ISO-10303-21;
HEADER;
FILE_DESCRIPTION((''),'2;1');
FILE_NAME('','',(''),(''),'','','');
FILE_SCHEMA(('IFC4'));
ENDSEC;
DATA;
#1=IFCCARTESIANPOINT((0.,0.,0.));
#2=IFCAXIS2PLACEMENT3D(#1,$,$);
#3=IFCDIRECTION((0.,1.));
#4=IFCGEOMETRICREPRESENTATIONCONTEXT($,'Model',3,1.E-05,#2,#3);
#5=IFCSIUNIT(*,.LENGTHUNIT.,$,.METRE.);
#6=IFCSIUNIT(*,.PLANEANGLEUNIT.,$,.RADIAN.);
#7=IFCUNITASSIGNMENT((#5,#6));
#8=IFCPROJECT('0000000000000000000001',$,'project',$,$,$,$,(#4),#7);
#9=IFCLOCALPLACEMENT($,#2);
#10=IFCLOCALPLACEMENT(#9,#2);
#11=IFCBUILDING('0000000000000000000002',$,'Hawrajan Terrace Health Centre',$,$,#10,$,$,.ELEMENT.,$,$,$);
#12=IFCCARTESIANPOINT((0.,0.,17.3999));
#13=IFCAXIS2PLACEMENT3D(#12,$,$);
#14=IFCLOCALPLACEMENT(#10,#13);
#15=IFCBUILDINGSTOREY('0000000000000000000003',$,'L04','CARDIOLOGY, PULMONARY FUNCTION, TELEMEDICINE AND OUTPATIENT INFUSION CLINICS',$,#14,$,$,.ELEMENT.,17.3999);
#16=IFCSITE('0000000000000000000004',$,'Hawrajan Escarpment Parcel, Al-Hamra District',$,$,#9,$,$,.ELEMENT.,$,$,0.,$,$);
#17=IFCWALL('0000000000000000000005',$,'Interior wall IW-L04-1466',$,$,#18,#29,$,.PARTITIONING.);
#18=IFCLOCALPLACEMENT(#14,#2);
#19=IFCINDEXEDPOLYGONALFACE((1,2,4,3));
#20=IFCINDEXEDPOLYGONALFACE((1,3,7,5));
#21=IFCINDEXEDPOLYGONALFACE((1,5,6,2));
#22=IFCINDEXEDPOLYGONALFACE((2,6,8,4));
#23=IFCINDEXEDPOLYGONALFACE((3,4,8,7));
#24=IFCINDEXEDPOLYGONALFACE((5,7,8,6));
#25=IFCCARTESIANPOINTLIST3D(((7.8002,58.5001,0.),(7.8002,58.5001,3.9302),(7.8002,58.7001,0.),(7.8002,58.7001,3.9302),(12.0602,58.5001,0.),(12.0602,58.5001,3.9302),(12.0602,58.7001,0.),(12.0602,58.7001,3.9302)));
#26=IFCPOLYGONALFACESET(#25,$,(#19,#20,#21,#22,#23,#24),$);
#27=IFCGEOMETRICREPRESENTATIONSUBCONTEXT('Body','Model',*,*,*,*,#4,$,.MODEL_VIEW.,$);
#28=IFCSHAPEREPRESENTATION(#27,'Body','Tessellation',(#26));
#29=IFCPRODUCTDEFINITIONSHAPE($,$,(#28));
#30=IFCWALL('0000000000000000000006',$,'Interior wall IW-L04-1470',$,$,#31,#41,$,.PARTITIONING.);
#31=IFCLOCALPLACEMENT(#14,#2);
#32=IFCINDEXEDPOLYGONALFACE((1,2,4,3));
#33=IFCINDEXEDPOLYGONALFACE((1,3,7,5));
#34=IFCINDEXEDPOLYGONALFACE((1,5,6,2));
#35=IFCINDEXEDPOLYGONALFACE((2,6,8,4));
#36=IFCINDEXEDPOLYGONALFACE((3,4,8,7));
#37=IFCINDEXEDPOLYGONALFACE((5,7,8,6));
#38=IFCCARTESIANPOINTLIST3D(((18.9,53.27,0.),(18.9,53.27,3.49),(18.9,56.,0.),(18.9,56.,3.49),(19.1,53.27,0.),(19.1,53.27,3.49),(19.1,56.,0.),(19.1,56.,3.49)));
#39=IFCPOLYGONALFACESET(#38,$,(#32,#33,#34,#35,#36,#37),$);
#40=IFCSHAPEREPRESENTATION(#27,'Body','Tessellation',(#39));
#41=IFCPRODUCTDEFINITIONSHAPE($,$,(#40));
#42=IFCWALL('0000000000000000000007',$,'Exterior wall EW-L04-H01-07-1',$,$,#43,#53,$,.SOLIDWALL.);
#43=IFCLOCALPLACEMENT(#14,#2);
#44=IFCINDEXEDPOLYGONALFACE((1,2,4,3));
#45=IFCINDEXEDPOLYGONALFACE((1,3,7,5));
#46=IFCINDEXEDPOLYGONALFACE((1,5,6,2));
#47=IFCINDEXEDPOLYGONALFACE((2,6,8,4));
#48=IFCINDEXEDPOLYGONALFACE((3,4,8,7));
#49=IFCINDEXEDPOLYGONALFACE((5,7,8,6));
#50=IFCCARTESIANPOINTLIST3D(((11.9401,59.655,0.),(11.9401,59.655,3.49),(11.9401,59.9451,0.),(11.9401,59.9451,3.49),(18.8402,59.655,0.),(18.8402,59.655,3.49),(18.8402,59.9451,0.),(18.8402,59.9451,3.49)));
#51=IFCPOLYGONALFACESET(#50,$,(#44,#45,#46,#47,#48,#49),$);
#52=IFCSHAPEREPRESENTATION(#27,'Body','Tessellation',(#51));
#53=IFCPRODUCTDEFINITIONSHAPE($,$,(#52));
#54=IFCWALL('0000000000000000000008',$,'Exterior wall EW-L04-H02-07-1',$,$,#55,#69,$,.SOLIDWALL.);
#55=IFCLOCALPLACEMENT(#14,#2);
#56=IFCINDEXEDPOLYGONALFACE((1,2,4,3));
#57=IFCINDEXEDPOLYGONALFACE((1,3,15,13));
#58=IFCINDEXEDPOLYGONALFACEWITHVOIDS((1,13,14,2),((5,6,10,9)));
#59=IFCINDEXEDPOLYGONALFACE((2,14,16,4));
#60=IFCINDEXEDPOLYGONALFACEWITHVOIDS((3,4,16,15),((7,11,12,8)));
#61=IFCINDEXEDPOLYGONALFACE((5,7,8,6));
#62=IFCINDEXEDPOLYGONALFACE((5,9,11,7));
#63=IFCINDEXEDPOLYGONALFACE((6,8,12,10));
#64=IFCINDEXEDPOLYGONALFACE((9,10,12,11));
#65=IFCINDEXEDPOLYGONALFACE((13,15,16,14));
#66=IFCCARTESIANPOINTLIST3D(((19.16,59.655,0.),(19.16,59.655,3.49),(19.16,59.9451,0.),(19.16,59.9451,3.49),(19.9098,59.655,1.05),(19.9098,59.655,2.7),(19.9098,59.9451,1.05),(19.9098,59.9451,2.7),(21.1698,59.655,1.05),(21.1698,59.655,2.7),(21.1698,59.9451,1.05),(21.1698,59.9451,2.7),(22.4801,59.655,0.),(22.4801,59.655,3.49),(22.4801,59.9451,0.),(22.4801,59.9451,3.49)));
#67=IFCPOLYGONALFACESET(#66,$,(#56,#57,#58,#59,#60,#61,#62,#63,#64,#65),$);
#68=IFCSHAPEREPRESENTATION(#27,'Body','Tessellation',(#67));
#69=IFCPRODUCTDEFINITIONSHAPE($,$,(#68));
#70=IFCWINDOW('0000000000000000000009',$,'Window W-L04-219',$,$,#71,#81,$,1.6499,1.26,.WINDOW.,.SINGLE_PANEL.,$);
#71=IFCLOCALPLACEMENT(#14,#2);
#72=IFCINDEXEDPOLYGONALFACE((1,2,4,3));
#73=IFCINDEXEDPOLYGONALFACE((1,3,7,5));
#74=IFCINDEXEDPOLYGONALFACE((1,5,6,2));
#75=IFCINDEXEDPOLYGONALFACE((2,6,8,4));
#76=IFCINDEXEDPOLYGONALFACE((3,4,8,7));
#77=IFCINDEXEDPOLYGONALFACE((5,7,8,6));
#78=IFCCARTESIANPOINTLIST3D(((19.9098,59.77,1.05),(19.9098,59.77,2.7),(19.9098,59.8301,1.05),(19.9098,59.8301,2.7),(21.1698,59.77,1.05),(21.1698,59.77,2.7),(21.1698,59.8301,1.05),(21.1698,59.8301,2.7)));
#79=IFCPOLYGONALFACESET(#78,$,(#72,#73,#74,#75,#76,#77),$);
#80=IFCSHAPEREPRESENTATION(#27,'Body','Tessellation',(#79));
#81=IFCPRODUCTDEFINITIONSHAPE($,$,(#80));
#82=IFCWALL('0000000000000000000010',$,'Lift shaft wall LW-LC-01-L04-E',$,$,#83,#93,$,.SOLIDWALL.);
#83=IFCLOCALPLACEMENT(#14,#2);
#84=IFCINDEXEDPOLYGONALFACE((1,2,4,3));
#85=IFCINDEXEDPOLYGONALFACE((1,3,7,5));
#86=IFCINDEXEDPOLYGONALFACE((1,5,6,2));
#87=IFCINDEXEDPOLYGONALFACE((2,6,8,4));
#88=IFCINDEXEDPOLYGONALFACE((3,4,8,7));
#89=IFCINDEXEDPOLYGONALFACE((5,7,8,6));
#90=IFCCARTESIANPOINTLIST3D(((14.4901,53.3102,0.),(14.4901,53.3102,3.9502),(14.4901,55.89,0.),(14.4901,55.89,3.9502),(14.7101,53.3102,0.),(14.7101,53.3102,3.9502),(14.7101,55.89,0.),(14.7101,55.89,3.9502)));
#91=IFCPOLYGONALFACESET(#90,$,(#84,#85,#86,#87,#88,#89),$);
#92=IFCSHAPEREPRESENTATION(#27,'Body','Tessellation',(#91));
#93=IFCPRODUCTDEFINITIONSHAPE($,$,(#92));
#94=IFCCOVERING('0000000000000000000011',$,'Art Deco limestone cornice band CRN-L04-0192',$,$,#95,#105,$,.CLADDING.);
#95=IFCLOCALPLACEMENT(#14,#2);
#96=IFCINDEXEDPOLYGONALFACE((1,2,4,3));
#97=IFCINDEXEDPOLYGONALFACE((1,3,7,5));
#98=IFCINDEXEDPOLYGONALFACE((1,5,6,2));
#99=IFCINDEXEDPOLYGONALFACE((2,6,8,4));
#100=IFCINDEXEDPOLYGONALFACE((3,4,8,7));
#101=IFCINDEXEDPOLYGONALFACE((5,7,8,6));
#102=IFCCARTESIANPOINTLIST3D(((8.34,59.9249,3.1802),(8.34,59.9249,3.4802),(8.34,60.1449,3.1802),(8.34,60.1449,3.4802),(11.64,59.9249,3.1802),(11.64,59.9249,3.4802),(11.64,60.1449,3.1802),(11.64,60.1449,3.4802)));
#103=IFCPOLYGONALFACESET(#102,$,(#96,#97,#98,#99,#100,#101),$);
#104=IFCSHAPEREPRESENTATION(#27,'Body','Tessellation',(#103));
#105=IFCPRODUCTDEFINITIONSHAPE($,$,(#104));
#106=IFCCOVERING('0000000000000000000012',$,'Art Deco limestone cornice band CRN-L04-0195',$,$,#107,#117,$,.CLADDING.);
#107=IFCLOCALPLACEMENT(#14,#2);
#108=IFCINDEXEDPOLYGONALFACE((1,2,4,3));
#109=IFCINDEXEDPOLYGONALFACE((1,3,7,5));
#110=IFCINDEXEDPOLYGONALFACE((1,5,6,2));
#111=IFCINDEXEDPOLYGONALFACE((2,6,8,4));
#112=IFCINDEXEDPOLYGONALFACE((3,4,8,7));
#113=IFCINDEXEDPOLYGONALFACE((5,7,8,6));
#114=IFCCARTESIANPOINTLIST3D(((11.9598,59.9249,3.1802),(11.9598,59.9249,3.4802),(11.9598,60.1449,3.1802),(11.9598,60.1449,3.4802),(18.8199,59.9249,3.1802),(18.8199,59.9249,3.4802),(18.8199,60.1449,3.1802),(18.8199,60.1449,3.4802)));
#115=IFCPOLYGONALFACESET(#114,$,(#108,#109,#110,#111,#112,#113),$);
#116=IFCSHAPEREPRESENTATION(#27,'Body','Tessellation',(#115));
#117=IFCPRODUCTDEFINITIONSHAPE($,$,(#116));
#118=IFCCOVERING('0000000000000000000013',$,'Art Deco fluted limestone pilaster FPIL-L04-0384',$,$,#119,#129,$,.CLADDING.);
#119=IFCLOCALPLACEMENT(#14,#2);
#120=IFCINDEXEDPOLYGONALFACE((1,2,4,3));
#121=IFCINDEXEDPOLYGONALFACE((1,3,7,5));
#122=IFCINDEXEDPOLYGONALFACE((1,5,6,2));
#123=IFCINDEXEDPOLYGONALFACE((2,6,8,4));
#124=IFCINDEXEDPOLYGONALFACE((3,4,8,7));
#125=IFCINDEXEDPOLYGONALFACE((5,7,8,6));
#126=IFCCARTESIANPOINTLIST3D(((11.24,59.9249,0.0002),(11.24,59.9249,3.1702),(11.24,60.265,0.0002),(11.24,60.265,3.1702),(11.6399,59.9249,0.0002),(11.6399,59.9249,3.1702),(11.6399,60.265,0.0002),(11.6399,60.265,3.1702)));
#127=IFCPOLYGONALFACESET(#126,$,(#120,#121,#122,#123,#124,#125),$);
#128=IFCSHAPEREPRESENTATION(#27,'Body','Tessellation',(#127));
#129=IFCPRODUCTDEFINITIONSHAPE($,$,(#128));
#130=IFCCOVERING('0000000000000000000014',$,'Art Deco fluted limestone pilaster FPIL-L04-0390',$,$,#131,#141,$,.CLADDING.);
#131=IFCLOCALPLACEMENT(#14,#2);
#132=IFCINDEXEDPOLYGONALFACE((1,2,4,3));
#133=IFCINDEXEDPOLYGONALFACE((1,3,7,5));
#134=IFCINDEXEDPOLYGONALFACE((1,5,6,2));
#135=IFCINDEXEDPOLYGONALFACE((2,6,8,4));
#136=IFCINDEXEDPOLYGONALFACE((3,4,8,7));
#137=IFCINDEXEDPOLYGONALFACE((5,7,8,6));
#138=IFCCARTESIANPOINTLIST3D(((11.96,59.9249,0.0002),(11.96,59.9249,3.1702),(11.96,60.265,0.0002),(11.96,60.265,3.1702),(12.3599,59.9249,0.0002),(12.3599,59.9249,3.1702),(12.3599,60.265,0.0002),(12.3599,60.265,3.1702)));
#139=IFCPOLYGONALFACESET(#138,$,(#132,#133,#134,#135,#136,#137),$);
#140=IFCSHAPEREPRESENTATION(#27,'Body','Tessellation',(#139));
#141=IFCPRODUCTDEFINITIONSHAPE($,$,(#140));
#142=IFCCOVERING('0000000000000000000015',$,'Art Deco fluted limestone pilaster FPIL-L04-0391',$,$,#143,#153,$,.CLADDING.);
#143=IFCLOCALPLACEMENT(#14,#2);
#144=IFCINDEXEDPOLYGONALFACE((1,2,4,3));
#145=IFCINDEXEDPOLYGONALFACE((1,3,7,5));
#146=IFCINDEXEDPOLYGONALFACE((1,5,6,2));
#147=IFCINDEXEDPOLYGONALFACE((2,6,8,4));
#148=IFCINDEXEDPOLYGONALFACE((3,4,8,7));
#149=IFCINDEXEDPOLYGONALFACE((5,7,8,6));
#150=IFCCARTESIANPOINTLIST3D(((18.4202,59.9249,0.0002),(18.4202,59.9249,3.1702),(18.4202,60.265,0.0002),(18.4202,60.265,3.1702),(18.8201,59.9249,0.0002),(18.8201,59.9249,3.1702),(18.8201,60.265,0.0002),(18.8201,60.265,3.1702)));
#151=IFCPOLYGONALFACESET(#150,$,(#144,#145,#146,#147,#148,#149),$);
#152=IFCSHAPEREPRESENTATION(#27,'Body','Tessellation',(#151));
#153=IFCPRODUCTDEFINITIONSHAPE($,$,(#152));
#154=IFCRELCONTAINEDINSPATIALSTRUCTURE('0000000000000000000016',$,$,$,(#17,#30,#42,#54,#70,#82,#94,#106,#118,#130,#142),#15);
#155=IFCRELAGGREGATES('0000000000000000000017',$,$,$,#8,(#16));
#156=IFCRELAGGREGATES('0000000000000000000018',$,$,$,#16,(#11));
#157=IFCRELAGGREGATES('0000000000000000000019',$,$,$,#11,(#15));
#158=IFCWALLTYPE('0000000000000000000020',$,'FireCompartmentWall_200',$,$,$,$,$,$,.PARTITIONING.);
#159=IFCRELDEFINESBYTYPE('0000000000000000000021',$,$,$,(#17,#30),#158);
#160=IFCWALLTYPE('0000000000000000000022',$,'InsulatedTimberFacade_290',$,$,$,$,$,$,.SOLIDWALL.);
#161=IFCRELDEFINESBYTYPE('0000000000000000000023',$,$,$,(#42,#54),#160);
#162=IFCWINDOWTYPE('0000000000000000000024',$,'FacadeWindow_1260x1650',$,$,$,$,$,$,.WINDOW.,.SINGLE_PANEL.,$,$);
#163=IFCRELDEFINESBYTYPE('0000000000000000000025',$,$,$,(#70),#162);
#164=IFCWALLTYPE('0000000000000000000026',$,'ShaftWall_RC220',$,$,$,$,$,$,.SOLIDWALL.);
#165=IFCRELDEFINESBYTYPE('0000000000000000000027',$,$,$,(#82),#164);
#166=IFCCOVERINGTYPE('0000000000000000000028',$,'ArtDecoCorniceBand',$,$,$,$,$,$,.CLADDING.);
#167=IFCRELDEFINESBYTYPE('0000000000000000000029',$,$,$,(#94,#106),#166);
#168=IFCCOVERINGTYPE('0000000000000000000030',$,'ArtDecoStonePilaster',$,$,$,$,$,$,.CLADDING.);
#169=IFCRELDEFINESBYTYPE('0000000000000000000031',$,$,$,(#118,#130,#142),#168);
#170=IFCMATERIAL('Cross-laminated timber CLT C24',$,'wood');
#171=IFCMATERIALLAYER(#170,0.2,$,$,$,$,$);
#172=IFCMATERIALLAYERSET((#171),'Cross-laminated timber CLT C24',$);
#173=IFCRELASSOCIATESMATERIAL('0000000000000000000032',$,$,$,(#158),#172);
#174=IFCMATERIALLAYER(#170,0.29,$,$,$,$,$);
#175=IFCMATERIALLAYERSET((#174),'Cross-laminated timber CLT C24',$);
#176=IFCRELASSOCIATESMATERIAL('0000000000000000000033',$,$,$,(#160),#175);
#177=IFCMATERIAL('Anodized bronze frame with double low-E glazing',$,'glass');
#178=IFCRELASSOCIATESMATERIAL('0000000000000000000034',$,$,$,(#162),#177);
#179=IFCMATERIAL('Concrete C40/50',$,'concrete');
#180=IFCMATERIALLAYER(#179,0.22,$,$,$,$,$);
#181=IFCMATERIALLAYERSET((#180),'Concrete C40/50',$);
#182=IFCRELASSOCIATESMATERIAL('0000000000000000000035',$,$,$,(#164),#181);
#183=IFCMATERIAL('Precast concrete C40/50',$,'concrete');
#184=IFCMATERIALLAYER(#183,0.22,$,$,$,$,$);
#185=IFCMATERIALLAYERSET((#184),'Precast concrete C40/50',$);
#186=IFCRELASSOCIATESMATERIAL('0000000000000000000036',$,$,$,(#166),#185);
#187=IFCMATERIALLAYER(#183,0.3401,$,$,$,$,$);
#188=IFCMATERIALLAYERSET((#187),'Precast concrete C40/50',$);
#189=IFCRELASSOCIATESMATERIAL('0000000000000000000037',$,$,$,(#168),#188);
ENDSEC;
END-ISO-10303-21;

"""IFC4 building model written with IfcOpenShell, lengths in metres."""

from ifc_helpers import new_model, si_unit, direction, frame, frame_2d, origin, origin_2d, place, context, subcontext, project, spatial, rectangle, extrude, material, layer, layer_set, type_object, element, fill, save


model = new_model("IFC4")

# Units and contexts
model_context = context("Model", 3, precision=1e-05, world=origin(), true_north=direction((0.0, 1.0)))
body_context = subcontext(model_context, "Body", "Model", "MODEL_VIEW")
ifc_project = project(units=[si_unit("LENGTHUNIT", "METRE"), si_unit("PLANEANGLEUNIT", "RADIAN")], contexts=[model_context])

# Site, building, storey
site_placement = place(None, origin())
site = spatial("IfcSite", under=ifc_project, at=site_placement, Name="Hawrajan Escarpment Parcel, Al-Hamra District", CompositionType="ELEMENT", RefElevation=0.0)
building_placement = place(site_placement, origin())
building = spatial("IfcBuilding", under=site, at=building_placement, Name="Hawrajan Terrace Health Centre", CompositionType="ELEMENT")
storey_placement = place(building_placement, frame((0.0, 0.0, 17.3999)))
storey = spatial("IfcBuildingStorey", under=building, at=storey_placement, Name="L04", Description="CARDIOLOGY, PULMONARY FUNCTION, TELEMEDICINE AND OUTPATIENT INFUSION CLINICS", CompositionType="ELEMENT", Elevation=17.3999)

# Shared definitions
ifc_material_1 = material(Name="Concrete C40/50", Category="concrete")

# Walls
ifc_material_2 = material(Name="Cross-laminated timber CLT C24", Category="wood")
ifc_layer_1 = layer(ifc_material_2, 0.2)
ifc_layer_set_1 = layer_set([ifc_layer_1], Name="Cross-laminated timber CLT C24")
wall_type_1 = type_object("IfcWallType", Name="FireCompartmentWall_200", PredefinedType="PARTITIONING", material=ifc_layer_set_1)
wall_1_placement = place(storey_placement, frame((12.0601, 58.6001, 0.0), z_axis=(0.0, 0.0, 1.0), x_axis=(-1.0, 0.0, 0.0)))
element("IfcWall", 1, at=wall_1_placement, inside=storey, type_object=wall_type_1, Name="Interior wall IW-L04-1466", PredefinedType="PARTITIONING", context=body_context, shape_type="SweptSolid", body=[
    extrude(rectangle(XDim=4.26, YDim=0.2, at=frame_2d((2.1299, 0.0))), origin(), (0.0, 0.0, 1.0), 3.9302),
])
wall_2_placement = place(storey_placement, frame((19.0, 53.27, 0.0), z_axis=(0.0, 0.0, 1.0), x_axis=(0.0, 1.0, 0.0)))
element("IfcWall", 2, at=wall_2_placement, inside=storey, type_object=wall_type_1, Name="Interior wall IW-L04-1470", PredefinedType="PARTITIONING", context=body_context, shape_type="SweptSolid", body=[
    extrude(rectangle(XDim=2.73, YDim=0.2, at=frame_2d((1.365, 0.0))), origin(), (0.0, 0.0, 1.0), 3.49),
])
ifc_layer_2 = layer(ifc_material_2, 0.29)
ifc_layer_set_2 = layer_set([ifc_layer_2], Name="Cross-laminated timber CLT C24")
wall_type_2 = type_object("IfcWallType", Name="InsulatedTimberFacade_290", PredefinedType="SOLIDWALL", material=ifc_layer_set_2)
wall_3_placement = place(storey_placement, frame((11.9399, 59.8, 0.0), z_axis=(0.0, 0.0, 1.0), x_axis=(1.0, 0.0, 0.0)))
element("IfcWall", 3, at=wall_3_placement, inside=storey, type_object=wall_type_2, Name="Exterior wall EW-L04-H01-07-1", PredefinedType="SOLIDWALL", context=body_context, shape_type="SweptSolid", body=[
    extrude(rectangle(XDim=6.9001, YDim=0.29, at=frame_2d((3.4502, 0.0))), origin(), (0.0, 0.0, 1.0), 3.49),
])

# Wall, opening, window
wall_4_placement = place(storey_placement, frame((19.1599, 59.8, 0.0), z_axis=(0.0, 0.0, 1.0), x_axis=(1.0, 0.0, 0.0)))
wall_4 = element("IfcWall", 4, at=wall_4_placement, inside=storey, type_object=wall_type_2, Name="Exterior wall EW-L04-H02-07-1", PredefinedType="SOLIDWALL", context=body_context, shape_type="SweptSolid", body=[
    extrude(rectangle(XDim=3.3201, YDim=0.29, at=frame_2d((1.6602, 0.0))), origin(), (0.0, 0.0, 1.0), 3.49),
])
opening_1_placement = place(wall_4_placement, frame((0.75, 0.0, 1.05)))
opening_1 = element("IfcOpeningElement", 5, at=opening_1_placement, cuts=wall_4, PredefinedType="OPENING", context=body_context, shape_type="SweptSolid", body=[
    extrude(rectangle(XDim=1.26, YDim=1.6499, at=frame_2d((0.6299, 0.825))), frame((0.0, 0.155, 0.0), z_axis=(0.0, -1.0, 0.0), x_axis=(1.0, 0.0, 0.0)), (0.0, 0.0, 1.0), 0.3101),
])
ifc_material_3 = material(Name="Anodized bronze frame with double low-E glazing", Category="glass")
window_type = type_object("IfcWindowType", Name="FacadeWindow_1260x1650", PartitioningType="SINGLE_PANEL", PredefinedType="WINDOW", material=ifc_material_3)
window_placement = place(opening_1_placement, origin())
window = element("IfcWindow", 6, at=window_placement, inside=storey, type_object=window_type, Name="Window W-L04-219", OverallHeight=1.6499, OverallWidth=1.26, PartitioningType="SINGLE_PANEL", PredefinedType="WINDOW", context=body_context, shape_type="SweptSolid", body=[
    extrude(rectangle(XDim=1.26, YDim=1.6499, at=frame_2d((0.6299, 0.825))), frame((0.0, 0.03, 0.0), z_axis=(0.0, -1.0, 0.0), x_axis=(1.0, 0.0, 0.0)), (0.0, 0.0, 1.0), 0.0601),
])
fill(opening_1, window)

# Shared definitions
ifc_layer_3 = layer(ifc_material_1, 0.22)
ifc_layer_set_3 = layer_set([ifc_layer_3], Name="Concrete C40/50")
wall_type_3 = type_object("IfcWallType", Name="ShaftWall_RC220", PredefinedType="SOLIDWALL", material=ifc_layer_set_3)

# Wall
wall_5_placement = place(storey_placement, frame((14.6001, 53.3101, 0.0), z_axis=(0.0, 0.0, 1.0), x_axis=(0.0, 1.0, 0.0)))
element("IfcWall", 7, at=wall_5_placement, inside=storey, type_object=wall_type_3, Name="Lift shaft wall LW-LC-01-L04-E", PredefinedType="SOLIDWALL", context=body_context, shape_type="SweptSolid", body=[
    extrude(rectangle(XDim=2.5798, YDim=0.22, at=frame_2d((1.29, 0.0))), origin(), (0.0, 0.0, 1.0), 3.9502),
])

# Coverings
ifc_material_4 = material(Name="Precast concrete C40/50", Category="concrete")
ifc_layer_4 = layer(ifc_material_4, 0.22)
ifc_layer_set_4 = layer_set([ifc_layer_4], Name="Precast concrete C40/50")
covering_type_1 = type_object("IfcCoveringType", Name="ArtDecoCorniceBand", PredefinedType="CLADDING", material=ifc_layer_set_4)
covering_1_placement = place(storey_placement, frame((9.99, 60.0349, 3.1802), z_axis=(0.0, 0.0, 1.0), x_axis=(1.0, 0.0, 0.0)))
element("IfcCovering", 8, at=covering_1_placement, inside=storey, type_object=covering_type_1, Name="Art Deco limestone cornice band CRN-L04-0192", PredefinedType="CLADDING", context=body_context, shape_type="SweptSolid", body=[
    extrude(rectangle(XDim=3.3, YDim=0.22, at=origin_2d()), origin(), (0.0, 0.0, 1.0), 0.3),
])
covering_2_placement = place(storey_placement, frame((15.3899, 60.0349, 3.1802), z_axis=(0.0, 0.0, 1.0), x_axis=(1.0, 0.0, 0.0)))
element("IfcCovering", 9, at=covering_2_placement, inside=storey, type_object=covering_type_1, Name="Art Deco limestone cornice band CRN-L04-0195", PredefinedType="CLADDING", context=body_context, shape_type="SweptSolid", body=[
    extrude(rectangle(XDim=6.8601, YDim=0.22, at=origin_2d()), origin(), (0.0, 0.0, 1.0), 0.3),
])
ifc_layer_5 = layer(ifc_material_4, 0.3401)
ifc_layer_set_5 = layer_set([ifc_layer_5], Name="Precast concrete C40/50")
covering_type_2 = type_object("IfcCoveringType", Name="ArtDecoStonePilaster", PredefinedType="CLADDING", material=ifc_layer_set_5)
for number, where, z_axis, x_axis, name in (
    (10, (11.4399, 60.095, 0.0002), (0.0, 0.0, 1.0), (1.0, 0.0, 0.0), "Art Deco fluted limestone pilaster FPIL-L04-0384"),
    (11, (12.1599, 60.095, 0.0002), (0.0, 0.0, 1.0), (1.0, 0.0, 0.0), "Art Deco fluted limestone pilaster FPIL-L04-0390"),
    (12, (18.6201, 60.095, 0.0002), (0.0, 0.0, 1.0), (1.0, 0.0, 0.0), "Art Deco fluted limestone pilaster FPIL-L04-0391"),
):
    element("IfcCovering", number, at=place(storey_placement, frame(where, z_axis=z_axis, x_axis=x_axis)), inside=storey, type_object=covering_type_2, Name=name, PredefinedType="CLADDING", context=body_context, shape_type="SweptSolid", body=[
        extrude(rectangle(XDim=0.3999, YDim=0.3401, at=origin_2d()), origin(), (0.0, 0.0, 1.0), 3.1699),
    ])

save(model, "model.ifc")
